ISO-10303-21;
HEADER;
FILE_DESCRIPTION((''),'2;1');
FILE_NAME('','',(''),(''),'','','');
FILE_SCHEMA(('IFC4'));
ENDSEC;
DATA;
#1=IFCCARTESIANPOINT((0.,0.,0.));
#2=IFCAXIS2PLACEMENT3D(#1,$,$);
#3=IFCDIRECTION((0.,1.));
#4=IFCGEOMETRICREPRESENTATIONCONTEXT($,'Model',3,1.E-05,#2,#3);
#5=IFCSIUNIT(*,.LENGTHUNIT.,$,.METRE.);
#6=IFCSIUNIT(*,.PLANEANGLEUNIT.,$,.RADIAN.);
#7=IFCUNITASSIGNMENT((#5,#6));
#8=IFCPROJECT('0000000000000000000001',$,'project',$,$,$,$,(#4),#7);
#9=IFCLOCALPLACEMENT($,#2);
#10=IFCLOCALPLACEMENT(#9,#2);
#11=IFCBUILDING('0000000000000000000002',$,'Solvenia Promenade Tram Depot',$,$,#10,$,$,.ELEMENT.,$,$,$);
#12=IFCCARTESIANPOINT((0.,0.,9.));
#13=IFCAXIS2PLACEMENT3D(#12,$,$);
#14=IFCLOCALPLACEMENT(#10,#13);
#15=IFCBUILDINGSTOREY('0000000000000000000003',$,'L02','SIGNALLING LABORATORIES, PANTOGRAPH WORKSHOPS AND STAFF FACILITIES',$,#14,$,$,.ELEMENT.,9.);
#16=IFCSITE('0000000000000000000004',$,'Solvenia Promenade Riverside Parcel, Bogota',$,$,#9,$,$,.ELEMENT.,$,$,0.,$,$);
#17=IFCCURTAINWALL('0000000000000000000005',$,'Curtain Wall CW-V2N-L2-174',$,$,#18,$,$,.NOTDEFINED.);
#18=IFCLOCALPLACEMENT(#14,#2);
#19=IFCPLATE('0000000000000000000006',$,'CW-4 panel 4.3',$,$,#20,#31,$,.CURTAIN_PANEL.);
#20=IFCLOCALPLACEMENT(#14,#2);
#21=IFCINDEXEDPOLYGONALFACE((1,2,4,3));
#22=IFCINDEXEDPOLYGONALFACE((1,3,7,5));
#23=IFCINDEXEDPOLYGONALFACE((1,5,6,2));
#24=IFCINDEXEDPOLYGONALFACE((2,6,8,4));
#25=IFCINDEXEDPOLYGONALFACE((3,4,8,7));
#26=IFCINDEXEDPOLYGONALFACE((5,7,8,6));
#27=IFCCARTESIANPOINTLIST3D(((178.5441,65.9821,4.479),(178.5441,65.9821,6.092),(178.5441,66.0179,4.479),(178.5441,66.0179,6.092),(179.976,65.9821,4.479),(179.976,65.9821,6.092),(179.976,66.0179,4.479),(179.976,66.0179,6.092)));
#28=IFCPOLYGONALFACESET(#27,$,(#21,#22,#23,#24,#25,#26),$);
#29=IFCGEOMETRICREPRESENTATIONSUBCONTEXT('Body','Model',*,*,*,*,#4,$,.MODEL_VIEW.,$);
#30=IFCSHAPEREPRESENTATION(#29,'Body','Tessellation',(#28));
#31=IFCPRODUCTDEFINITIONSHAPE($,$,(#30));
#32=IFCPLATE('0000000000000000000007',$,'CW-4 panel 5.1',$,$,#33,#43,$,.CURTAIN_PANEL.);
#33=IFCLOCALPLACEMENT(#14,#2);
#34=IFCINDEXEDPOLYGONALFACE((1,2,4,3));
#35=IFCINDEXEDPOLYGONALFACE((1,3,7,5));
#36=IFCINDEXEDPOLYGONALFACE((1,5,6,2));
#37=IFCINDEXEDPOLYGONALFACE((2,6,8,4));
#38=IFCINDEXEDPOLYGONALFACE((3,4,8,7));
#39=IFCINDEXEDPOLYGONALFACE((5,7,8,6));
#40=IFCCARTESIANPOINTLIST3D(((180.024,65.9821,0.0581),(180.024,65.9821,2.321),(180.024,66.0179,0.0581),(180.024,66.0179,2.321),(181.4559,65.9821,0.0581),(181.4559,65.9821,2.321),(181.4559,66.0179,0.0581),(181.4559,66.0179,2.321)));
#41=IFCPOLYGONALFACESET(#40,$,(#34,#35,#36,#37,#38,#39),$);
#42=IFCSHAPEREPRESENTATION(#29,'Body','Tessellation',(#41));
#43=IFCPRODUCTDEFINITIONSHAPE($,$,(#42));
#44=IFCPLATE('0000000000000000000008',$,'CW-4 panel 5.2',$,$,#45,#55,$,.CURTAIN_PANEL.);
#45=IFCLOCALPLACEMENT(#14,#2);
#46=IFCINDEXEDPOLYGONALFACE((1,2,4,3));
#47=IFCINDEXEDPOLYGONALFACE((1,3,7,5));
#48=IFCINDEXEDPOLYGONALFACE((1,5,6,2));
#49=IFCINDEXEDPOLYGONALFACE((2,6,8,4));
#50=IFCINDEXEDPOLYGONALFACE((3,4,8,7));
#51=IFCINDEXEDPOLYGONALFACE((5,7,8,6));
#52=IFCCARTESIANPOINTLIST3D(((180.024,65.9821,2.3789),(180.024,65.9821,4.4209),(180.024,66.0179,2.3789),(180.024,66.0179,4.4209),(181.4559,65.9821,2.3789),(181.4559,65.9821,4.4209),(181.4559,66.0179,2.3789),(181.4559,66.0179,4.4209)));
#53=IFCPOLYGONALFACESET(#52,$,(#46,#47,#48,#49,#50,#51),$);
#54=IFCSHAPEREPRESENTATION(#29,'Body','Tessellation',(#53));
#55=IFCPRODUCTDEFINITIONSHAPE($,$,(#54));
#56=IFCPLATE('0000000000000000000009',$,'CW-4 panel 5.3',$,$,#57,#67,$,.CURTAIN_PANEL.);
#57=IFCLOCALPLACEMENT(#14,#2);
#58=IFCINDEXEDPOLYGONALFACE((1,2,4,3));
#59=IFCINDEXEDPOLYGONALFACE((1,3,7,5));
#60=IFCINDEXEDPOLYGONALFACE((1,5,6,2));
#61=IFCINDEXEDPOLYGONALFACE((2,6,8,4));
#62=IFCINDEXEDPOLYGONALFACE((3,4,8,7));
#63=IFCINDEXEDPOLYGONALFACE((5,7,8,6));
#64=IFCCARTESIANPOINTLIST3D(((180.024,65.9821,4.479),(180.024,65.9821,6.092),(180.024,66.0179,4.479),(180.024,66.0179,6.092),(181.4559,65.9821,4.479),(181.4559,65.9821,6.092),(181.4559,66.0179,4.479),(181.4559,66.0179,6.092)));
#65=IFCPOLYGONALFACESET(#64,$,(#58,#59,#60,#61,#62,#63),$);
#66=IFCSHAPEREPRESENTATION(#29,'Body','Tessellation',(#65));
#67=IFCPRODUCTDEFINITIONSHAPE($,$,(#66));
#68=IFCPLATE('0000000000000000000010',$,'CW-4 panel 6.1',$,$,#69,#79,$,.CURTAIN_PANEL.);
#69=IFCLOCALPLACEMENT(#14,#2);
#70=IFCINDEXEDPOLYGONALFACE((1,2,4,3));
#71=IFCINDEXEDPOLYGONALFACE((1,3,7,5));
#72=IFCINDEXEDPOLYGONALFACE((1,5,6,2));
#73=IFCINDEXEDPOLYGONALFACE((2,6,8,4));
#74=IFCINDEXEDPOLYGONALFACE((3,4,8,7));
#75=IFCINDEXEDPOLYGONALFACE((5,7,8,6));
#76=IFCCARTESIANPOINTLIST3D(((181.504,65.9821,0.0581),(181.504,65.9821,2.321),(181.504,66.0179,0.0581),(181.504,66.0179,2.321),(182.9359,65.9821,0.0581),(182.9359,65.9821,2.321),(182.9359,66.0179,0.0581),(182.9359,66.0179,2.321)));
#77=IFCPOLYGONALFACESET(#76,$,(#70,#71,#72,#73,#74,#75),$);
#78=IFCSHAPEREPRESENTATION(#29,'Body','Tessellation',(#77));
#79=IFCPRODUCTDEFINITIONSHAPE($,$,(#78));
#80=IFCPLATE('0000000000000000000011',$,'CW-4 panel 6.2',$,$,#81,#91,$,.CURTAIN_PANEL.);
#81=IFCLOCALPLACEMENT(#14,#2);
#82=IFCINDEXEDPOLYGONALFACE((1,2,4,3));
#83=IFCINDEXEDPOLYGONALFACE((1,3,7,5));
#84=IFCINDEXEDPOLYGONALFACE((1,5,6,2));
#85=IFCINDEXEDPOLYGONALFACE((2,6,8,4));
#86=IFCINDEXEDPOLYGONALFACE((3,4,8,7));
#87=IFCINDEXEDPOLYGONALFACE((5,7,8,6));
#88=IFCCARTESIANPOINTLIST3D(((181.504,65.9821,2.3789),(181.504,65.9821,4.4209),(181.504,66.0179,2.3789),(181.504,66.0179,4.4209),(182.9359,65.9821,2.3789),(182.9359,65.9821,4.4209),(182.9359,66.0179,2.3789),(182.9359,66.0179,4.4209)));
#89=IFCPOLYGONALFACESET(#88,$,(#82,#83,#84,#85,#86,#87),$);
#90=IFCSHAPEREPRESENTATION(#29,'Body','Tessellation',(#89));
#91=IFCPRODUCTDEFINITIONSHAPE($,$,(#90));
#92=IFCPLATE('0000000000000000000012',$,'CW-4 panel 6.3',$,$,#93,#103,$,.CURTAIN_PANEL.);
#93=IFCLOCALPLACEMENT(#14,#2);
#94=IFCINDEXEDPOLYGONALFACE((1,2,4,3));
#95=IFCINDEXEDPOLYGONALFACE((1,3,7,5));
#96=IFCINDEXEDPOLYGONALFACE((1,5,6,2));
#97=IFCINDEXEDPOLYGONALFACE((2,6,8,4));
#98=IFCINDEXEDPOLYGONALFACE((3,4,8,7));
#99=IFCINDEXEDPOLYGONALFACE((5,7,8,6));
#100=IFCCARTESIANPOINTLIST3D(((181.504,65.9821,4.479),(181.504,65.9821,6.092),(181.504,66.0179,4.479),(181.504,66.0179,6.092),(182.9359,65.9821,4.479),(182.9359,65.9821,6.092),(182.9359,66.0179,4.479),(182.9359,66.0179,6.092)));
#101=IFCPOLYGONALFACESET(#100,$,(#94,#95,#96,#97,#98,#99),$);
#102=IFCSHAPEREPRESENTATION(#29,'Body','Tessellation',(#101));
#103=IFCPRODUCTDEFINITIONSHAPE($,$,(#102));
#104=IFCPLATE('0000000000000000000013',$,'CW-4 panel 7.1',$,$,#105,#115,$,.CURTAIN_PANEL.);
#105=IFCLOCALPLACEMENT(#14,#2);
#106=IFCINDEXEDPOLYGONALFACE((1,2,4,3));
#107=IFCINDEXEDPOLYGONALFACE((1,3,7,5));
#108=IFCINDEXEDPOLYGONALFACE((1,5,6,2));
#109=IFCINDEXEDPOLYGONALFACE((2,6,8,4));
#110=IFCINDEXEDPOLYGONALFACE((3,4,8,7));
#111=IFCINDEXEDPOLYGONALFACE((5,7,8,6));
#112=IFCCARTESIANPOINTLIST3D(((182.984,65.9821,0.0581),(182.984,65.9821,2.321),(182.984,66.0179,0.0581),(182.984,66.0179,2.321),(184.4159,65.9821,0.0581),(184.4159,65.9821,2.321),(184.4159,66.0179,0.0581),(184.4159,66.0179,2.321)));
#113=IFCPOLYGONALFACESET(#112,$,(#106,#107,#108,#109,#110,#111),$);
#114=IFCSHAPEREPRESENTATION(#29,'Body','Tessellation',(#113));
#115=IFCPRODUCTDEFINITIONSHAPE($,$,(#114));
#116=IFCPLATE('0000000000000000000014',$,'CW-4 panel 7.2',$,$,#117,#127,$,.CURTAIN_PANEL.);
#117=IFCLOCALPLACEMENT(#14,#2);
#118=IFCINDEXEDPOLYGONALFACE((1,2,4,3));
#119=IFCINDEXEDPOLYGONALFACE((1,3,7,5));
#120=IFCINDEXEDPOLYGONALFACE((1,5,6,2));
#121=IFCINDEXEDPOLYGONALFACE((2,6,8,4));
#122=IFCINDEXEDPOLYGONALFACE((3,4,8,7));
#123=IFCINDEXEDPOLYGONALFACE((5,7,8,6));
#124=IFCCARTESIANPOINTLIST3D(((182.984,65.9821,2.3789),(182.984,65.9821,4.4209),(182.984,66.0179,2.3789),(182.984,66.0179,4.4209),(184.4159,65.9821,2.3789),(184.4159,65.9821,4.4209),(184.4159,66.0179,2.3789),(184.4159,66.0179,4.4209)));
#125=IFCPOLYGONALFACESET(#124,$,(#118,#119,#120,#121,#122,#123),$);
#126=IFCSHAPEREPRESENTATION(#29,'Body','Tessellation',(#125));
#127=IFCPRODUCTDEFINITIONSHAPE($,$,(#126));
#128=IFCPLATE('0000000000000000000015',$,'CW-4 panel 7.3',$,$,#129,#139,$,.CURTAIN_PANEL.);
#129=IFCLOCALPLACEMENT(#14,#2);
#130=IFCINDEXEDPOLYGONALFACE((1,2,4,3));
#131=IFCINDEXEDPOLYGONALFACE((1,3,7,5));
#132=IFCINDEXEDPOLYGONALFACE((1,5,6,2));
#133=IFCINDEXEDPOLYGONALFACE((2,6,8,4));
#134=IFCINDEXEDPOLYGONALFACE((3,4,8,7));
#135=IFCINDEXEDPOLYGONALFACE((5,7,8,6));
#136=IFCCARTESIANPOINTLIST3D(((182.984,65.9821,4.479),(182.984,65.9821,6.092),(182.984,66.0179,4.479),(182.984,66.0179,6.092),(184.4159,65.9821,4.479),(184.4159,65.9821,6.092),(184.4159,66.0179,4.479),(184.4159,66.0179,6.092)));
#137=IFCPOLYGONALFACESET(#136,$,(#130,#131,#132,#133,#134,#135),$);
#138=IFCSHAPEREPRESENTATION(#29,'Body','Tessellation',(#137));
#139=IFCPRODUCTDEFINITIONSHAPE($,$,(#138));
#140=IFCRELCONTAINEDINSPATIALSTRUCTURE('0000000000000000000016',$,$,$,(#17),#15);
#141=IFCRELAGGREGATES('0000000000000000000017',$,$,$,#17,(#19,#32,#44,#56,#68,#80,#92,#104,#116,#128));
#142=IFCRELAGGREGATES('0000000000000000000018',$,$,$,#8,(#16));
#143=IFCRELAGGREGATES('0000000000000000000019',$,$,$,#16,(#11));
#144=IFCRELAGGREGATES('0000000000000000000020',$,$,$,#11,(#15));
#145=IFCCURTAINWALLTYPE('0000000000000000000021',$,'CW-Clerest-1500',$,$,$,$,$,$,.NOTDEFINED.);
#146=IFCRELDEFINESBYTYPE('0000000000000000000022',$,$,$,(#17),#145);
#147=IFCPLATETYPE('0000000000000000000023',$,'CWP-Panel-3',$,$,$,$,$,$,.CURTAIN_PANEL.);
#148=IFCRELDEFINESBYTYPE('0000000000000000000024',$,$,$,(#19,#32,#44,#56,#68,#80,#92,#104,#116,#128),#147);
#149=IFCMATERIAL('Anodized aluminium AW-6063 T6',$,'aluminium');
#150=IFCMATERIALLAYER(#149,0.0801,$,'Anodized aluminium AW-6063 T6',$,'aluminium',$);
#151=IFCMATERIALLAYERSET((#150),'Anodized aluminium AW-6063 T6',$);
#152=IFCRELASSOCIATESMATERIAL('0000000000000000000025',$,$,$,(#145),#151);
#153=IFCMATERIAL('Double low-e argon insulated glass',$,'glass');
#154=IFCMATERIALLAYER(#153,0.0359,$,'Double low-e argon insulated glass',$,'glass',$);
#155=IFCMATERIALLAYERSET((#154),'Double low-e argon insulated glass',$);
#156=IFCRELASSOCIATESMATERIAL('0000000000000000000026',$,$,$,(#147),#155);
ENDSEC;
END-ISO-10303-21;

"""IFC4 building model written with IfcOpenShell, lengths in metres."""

from ifc_helpers import new_model, si_unit, direction, frame, origin, origin_2d, place, context, subcontext, project, spatial, rectangle, extrude, material, layer, layer_set, type_object, element, aggregate, save


model = new_model("IFC4")

# Units and contexts
model_context = context("Model", 3, precision=1e-05, world=origin(), true_north=direction((0.0, 1.0)))
body_context = subcontext(model_context, "Body", "Model", "MODEL_VIEW")
ifc_project = project(units=[si_unit("LENGTHUNIT", "METRE"), si_unit("PLANEANGLEUNIT", "RADIAN")], contexts=[model_context])

# Site, building, storey
site_placement = place(None, origin())
site = spatial("IfcSite", under=ifc_project, at=site_placement, Name="Solvenia Promenade Riverside Parcel, Bogota", CompositionType="ELEMENT", RefElevation=0.0)
building_placement = place(site_placement, origin())
building = spatial("IfcBuilding", under=site, at=building_placement, Name="Solvenia Promenade Tram Depot", CompositionType="ELEMENT")
storey_placement = place(building_placement, frame((0.0, 0.0, 9.0)))
storey = spatial("IfcBuildingStorey", under=building, at=storey_placement, Name="L02", Description="SIGNALLING LABORATORIES, PANTOGRAPH WORKSHOPS AND STAFF FACILITIES", CompositionType="ELEMENT", Elevation=9.0)

# Curtain wall, plates
ifc_material_1 = material(Name="Anodized aluminium AW-6063 T6", Category="aluminium")
ifc_layer_1 = layer(ifc_material_1, 0.0801, Name="Anodized aluminium AW-6063 T6", Category="aluminium")
ifc_layer_set_1 = layer_set([ifc_layer_1], Name="Anodized aluminium AW-6063 T6")
curtain_wall_type = type_object("IfcCurtainWallType", Name="CW-Clerest-1500", PredefinedType="NOTDEFINED", material=ifc_layer_set_1)
curtain_wall_placement = place(storey_placement, origin())
curtain_wall = element("IfcCurtainWall", 1, at=curtain_wall_placement, inside=storey, type_object=curtain_wall_type, Name="Curtain Wall CW-V2N-L2-174", PredefinedType="NOTDEFINED")
ifc_material_2 = material(Name="Double low-e argon insulated glass", Category="glass")
ifc_layer_2 = layer(ifc_material_2, 0.0359, Name="Double low-e argon insulated glass", Category="glass")
ifc_layer_set_2 = layer_set([ifc_layer_2], Name="Double low-e argon insulated glass")
plate_type = type_object("IfcPlateType", Name="CWP-Panel-3", PredefinedType="CURTAIN_PANEL", material=ifc_layer_set_2)
plate_1_placement = place(storey_placement, frame((179.26, 66.0, 4.479), z_axis=(0.0, 0.0, 1.0), x_axis=(1.0, 0.0, 0.0)))
plate_1 = element("IfcPlate", 2, at=plate_1_placement, type_object=plate_type, Name="CW-4 panel 4.3", PredefinedType="CURTAIN_PANEL", context=body_context, shape_type="SweptSolid", body=[
    extrude(rectangle(XDim=1.4319, YDim=0.0359, at=origin_2d()), origin(), (0.0, 0.0, 1.0), 1.613),
])
plate_2_placement = place(storey_placement, frame((180.74, 66.0, 0.0581), z_axis=(0.0, 0.0, 1.0), x_axis=(1.0, 0.0, 0.0)))
plate_2 = element("IfcPlate", 3, at=plate_2_placement, type_object=plate_type, Name="CW-4 panel 5.1", PredefinedType="CURTAIN_PANEL", context=body_context, shape_type="SweptSolid", body=[
    extrude(rectangle(XDim=1.4319, YDim=0.0359, at=origin_2d()), origin(), (0.0, 0.0, 1.0), 2.2629),
])
plate_3_placement = place(storey_placement, frame((180.74, 66.0, 2.3789), z_axis=(0.0, 0.0, 1.0), x_axis=(1.0, 0.0, 0.0)))
plate_3 = element("IfcPlate", 4, at=plate_3_placement, type_object=plate_type, Name="CW-4 panel 5.2", PredefinedType="CURTAIN_PANEL", context=body_context, shape_type="SweptSolid", body=[
    extrude(rectangle(XDim=1.4319, YDim=0.0359, at=origin_2d()), origin(), (0.0, 0.0, 1.0), 2.042),
])
plate_4_placement = place(storey_placement, frame((180.74, 66.0, 4.479), z_axis=(0.0, 0.0, 1.0), x_axis=(1.0, 0.0, 0.0)))
plate_4 = element("IfcPlate", 5, at=plate_4_placement, type_object=plate_type, Name="CW-4 panel 5.3", PredefinedType="CURTAIN_PANEL", context=body_context, shape_type="SweptSolid", body=[
    extrude(rectangle(XDim=1.4319, YDim=0.0359, at=origin_2d()), origin(), (0.0, 0.0, 1.0), 1.613),
])
plate_5_placement = place(storey_placement, frame((182.22, 66.0, 0.0581), z_axis=(0.0, 0.0, 1.0), x_axis=(1.0, 0.0, 0.0)))
plate_5 = element("IfcPlate", 6, at=plate_5_placement, type_object=plate_type, Name="CW-4 panel 6.1", PredefinedType="CURTAIN_PANEL", context=body_context, shape_type="SweptSolid", body=[
    extrude(rectangle(XDim=1.4319, YDim=0.0359, at=origin_2d()), origin(), (0.0, 0.0, 1.0), 2.2629),
])
plate_6_placement = place(storey_placement, frame((182.22, 66.0, 2.3789), z_axis=(0.0, 0.0, 1.0), x_axis=(1.0, 0.0, 0.0)))
plate_6 = element("IfcPlate", 7, at=plate_6_placement, type_object=plate_type, Name="CW-4 panel 6.2", PredefinedType="CURTAIN_PANEL", context=body_context, shape_type="SweptSolid", body=[
    extrude(rectangle(XDim=1.4319, YDim=0.0359, at=origin_2d()), origin(), (0.0, 0.0, 1.0), 2.042),
])
plate_7_placement = place(storey_placement, frame((182.22, 66.0, 4.479), z_axis=(0.0, 0.0, 1.0), x_axis=(1.0, 0.0, 0.0)))
plate_7 = element("IfcPlate", 8, at=plate_7_placement, type_object=plate_type, Name="CW-4 panel 6.3", PredefinedType="CURTAIN_PANEL", context=body_context, shape_type="SweptSolid", body=[
    extrude(rectangle(XDim=1.4319, YDim=0.0359, at=origin_2d()), origin(), (0.0, 0.0, 1.0), 1.613),
])
plate_8_placement = place(storey_placement, frame((183.7, 66.0, 0.0581), z_axis=(0.0, 0.0, 1.0), x_axis=(1.0, 0.0, 0.0)))
plate_8 = element("IfcPlate", 9, at=plate_8_placement, type_object=plate_type, Name="CW-4 panel 7.1", PredefinedType="CURTAIN_PANEL", context=body_context, shape_type="SweptSolid", body=[
    extrude(rectangle(XDim=1.4319, YDim=0.0359, at=origin_2d()), origin(), (0.0, 0.0, 1.0), 2.2629),
])
plate_9_placement = place(storey_placement, frame((183.7, 66.0, 2.3789), z_axis=(0.0, 0.0, 1.0), x_axis=(1.0, 0.0, 0.0)))
plate_9 = element("IfcPlate", 10, at=plate_9_placement, type_object=plate_type, Name="CW-4 panel 7.2", PredefinedType="CURTAIN_PANEL", context=body_context, shape_type="SweptSolid", body=[
    extrude(rectangle(XDim=1.4319, YDim=0.0359, at=origin_2d()), origin(), (0.0, 0.0, 1.0), 2.042),
])
plate_10_placement = place(storey_placement, frame((183.7, 66.0, 4.479), z_axis=(0.0, 0.0, 1.0), x_axis=(1.0, 0.0, 0.0)))
plate_10 = element("IfcPlate", 11, at=plate_10_placement, type_object=plate_type, Name="CW-4 panel 7.3", PredefinedType="CURTAIN_PANEL", context=body_context, shape_type="SweptSolid", body=[
    extrude(rectangle(XDim=1.4319, YDim=0.0359, at=origin_2d()), origin(), (0.0, 0.0, 1.0), 1.613),
])
aggregate(curtain_wall, [plate_1, plate_2, plate_3, plate_4, plate_5, plate_6, plate_7, plate_8, plate_9, plate_10])

save(model, "model.ifc")
